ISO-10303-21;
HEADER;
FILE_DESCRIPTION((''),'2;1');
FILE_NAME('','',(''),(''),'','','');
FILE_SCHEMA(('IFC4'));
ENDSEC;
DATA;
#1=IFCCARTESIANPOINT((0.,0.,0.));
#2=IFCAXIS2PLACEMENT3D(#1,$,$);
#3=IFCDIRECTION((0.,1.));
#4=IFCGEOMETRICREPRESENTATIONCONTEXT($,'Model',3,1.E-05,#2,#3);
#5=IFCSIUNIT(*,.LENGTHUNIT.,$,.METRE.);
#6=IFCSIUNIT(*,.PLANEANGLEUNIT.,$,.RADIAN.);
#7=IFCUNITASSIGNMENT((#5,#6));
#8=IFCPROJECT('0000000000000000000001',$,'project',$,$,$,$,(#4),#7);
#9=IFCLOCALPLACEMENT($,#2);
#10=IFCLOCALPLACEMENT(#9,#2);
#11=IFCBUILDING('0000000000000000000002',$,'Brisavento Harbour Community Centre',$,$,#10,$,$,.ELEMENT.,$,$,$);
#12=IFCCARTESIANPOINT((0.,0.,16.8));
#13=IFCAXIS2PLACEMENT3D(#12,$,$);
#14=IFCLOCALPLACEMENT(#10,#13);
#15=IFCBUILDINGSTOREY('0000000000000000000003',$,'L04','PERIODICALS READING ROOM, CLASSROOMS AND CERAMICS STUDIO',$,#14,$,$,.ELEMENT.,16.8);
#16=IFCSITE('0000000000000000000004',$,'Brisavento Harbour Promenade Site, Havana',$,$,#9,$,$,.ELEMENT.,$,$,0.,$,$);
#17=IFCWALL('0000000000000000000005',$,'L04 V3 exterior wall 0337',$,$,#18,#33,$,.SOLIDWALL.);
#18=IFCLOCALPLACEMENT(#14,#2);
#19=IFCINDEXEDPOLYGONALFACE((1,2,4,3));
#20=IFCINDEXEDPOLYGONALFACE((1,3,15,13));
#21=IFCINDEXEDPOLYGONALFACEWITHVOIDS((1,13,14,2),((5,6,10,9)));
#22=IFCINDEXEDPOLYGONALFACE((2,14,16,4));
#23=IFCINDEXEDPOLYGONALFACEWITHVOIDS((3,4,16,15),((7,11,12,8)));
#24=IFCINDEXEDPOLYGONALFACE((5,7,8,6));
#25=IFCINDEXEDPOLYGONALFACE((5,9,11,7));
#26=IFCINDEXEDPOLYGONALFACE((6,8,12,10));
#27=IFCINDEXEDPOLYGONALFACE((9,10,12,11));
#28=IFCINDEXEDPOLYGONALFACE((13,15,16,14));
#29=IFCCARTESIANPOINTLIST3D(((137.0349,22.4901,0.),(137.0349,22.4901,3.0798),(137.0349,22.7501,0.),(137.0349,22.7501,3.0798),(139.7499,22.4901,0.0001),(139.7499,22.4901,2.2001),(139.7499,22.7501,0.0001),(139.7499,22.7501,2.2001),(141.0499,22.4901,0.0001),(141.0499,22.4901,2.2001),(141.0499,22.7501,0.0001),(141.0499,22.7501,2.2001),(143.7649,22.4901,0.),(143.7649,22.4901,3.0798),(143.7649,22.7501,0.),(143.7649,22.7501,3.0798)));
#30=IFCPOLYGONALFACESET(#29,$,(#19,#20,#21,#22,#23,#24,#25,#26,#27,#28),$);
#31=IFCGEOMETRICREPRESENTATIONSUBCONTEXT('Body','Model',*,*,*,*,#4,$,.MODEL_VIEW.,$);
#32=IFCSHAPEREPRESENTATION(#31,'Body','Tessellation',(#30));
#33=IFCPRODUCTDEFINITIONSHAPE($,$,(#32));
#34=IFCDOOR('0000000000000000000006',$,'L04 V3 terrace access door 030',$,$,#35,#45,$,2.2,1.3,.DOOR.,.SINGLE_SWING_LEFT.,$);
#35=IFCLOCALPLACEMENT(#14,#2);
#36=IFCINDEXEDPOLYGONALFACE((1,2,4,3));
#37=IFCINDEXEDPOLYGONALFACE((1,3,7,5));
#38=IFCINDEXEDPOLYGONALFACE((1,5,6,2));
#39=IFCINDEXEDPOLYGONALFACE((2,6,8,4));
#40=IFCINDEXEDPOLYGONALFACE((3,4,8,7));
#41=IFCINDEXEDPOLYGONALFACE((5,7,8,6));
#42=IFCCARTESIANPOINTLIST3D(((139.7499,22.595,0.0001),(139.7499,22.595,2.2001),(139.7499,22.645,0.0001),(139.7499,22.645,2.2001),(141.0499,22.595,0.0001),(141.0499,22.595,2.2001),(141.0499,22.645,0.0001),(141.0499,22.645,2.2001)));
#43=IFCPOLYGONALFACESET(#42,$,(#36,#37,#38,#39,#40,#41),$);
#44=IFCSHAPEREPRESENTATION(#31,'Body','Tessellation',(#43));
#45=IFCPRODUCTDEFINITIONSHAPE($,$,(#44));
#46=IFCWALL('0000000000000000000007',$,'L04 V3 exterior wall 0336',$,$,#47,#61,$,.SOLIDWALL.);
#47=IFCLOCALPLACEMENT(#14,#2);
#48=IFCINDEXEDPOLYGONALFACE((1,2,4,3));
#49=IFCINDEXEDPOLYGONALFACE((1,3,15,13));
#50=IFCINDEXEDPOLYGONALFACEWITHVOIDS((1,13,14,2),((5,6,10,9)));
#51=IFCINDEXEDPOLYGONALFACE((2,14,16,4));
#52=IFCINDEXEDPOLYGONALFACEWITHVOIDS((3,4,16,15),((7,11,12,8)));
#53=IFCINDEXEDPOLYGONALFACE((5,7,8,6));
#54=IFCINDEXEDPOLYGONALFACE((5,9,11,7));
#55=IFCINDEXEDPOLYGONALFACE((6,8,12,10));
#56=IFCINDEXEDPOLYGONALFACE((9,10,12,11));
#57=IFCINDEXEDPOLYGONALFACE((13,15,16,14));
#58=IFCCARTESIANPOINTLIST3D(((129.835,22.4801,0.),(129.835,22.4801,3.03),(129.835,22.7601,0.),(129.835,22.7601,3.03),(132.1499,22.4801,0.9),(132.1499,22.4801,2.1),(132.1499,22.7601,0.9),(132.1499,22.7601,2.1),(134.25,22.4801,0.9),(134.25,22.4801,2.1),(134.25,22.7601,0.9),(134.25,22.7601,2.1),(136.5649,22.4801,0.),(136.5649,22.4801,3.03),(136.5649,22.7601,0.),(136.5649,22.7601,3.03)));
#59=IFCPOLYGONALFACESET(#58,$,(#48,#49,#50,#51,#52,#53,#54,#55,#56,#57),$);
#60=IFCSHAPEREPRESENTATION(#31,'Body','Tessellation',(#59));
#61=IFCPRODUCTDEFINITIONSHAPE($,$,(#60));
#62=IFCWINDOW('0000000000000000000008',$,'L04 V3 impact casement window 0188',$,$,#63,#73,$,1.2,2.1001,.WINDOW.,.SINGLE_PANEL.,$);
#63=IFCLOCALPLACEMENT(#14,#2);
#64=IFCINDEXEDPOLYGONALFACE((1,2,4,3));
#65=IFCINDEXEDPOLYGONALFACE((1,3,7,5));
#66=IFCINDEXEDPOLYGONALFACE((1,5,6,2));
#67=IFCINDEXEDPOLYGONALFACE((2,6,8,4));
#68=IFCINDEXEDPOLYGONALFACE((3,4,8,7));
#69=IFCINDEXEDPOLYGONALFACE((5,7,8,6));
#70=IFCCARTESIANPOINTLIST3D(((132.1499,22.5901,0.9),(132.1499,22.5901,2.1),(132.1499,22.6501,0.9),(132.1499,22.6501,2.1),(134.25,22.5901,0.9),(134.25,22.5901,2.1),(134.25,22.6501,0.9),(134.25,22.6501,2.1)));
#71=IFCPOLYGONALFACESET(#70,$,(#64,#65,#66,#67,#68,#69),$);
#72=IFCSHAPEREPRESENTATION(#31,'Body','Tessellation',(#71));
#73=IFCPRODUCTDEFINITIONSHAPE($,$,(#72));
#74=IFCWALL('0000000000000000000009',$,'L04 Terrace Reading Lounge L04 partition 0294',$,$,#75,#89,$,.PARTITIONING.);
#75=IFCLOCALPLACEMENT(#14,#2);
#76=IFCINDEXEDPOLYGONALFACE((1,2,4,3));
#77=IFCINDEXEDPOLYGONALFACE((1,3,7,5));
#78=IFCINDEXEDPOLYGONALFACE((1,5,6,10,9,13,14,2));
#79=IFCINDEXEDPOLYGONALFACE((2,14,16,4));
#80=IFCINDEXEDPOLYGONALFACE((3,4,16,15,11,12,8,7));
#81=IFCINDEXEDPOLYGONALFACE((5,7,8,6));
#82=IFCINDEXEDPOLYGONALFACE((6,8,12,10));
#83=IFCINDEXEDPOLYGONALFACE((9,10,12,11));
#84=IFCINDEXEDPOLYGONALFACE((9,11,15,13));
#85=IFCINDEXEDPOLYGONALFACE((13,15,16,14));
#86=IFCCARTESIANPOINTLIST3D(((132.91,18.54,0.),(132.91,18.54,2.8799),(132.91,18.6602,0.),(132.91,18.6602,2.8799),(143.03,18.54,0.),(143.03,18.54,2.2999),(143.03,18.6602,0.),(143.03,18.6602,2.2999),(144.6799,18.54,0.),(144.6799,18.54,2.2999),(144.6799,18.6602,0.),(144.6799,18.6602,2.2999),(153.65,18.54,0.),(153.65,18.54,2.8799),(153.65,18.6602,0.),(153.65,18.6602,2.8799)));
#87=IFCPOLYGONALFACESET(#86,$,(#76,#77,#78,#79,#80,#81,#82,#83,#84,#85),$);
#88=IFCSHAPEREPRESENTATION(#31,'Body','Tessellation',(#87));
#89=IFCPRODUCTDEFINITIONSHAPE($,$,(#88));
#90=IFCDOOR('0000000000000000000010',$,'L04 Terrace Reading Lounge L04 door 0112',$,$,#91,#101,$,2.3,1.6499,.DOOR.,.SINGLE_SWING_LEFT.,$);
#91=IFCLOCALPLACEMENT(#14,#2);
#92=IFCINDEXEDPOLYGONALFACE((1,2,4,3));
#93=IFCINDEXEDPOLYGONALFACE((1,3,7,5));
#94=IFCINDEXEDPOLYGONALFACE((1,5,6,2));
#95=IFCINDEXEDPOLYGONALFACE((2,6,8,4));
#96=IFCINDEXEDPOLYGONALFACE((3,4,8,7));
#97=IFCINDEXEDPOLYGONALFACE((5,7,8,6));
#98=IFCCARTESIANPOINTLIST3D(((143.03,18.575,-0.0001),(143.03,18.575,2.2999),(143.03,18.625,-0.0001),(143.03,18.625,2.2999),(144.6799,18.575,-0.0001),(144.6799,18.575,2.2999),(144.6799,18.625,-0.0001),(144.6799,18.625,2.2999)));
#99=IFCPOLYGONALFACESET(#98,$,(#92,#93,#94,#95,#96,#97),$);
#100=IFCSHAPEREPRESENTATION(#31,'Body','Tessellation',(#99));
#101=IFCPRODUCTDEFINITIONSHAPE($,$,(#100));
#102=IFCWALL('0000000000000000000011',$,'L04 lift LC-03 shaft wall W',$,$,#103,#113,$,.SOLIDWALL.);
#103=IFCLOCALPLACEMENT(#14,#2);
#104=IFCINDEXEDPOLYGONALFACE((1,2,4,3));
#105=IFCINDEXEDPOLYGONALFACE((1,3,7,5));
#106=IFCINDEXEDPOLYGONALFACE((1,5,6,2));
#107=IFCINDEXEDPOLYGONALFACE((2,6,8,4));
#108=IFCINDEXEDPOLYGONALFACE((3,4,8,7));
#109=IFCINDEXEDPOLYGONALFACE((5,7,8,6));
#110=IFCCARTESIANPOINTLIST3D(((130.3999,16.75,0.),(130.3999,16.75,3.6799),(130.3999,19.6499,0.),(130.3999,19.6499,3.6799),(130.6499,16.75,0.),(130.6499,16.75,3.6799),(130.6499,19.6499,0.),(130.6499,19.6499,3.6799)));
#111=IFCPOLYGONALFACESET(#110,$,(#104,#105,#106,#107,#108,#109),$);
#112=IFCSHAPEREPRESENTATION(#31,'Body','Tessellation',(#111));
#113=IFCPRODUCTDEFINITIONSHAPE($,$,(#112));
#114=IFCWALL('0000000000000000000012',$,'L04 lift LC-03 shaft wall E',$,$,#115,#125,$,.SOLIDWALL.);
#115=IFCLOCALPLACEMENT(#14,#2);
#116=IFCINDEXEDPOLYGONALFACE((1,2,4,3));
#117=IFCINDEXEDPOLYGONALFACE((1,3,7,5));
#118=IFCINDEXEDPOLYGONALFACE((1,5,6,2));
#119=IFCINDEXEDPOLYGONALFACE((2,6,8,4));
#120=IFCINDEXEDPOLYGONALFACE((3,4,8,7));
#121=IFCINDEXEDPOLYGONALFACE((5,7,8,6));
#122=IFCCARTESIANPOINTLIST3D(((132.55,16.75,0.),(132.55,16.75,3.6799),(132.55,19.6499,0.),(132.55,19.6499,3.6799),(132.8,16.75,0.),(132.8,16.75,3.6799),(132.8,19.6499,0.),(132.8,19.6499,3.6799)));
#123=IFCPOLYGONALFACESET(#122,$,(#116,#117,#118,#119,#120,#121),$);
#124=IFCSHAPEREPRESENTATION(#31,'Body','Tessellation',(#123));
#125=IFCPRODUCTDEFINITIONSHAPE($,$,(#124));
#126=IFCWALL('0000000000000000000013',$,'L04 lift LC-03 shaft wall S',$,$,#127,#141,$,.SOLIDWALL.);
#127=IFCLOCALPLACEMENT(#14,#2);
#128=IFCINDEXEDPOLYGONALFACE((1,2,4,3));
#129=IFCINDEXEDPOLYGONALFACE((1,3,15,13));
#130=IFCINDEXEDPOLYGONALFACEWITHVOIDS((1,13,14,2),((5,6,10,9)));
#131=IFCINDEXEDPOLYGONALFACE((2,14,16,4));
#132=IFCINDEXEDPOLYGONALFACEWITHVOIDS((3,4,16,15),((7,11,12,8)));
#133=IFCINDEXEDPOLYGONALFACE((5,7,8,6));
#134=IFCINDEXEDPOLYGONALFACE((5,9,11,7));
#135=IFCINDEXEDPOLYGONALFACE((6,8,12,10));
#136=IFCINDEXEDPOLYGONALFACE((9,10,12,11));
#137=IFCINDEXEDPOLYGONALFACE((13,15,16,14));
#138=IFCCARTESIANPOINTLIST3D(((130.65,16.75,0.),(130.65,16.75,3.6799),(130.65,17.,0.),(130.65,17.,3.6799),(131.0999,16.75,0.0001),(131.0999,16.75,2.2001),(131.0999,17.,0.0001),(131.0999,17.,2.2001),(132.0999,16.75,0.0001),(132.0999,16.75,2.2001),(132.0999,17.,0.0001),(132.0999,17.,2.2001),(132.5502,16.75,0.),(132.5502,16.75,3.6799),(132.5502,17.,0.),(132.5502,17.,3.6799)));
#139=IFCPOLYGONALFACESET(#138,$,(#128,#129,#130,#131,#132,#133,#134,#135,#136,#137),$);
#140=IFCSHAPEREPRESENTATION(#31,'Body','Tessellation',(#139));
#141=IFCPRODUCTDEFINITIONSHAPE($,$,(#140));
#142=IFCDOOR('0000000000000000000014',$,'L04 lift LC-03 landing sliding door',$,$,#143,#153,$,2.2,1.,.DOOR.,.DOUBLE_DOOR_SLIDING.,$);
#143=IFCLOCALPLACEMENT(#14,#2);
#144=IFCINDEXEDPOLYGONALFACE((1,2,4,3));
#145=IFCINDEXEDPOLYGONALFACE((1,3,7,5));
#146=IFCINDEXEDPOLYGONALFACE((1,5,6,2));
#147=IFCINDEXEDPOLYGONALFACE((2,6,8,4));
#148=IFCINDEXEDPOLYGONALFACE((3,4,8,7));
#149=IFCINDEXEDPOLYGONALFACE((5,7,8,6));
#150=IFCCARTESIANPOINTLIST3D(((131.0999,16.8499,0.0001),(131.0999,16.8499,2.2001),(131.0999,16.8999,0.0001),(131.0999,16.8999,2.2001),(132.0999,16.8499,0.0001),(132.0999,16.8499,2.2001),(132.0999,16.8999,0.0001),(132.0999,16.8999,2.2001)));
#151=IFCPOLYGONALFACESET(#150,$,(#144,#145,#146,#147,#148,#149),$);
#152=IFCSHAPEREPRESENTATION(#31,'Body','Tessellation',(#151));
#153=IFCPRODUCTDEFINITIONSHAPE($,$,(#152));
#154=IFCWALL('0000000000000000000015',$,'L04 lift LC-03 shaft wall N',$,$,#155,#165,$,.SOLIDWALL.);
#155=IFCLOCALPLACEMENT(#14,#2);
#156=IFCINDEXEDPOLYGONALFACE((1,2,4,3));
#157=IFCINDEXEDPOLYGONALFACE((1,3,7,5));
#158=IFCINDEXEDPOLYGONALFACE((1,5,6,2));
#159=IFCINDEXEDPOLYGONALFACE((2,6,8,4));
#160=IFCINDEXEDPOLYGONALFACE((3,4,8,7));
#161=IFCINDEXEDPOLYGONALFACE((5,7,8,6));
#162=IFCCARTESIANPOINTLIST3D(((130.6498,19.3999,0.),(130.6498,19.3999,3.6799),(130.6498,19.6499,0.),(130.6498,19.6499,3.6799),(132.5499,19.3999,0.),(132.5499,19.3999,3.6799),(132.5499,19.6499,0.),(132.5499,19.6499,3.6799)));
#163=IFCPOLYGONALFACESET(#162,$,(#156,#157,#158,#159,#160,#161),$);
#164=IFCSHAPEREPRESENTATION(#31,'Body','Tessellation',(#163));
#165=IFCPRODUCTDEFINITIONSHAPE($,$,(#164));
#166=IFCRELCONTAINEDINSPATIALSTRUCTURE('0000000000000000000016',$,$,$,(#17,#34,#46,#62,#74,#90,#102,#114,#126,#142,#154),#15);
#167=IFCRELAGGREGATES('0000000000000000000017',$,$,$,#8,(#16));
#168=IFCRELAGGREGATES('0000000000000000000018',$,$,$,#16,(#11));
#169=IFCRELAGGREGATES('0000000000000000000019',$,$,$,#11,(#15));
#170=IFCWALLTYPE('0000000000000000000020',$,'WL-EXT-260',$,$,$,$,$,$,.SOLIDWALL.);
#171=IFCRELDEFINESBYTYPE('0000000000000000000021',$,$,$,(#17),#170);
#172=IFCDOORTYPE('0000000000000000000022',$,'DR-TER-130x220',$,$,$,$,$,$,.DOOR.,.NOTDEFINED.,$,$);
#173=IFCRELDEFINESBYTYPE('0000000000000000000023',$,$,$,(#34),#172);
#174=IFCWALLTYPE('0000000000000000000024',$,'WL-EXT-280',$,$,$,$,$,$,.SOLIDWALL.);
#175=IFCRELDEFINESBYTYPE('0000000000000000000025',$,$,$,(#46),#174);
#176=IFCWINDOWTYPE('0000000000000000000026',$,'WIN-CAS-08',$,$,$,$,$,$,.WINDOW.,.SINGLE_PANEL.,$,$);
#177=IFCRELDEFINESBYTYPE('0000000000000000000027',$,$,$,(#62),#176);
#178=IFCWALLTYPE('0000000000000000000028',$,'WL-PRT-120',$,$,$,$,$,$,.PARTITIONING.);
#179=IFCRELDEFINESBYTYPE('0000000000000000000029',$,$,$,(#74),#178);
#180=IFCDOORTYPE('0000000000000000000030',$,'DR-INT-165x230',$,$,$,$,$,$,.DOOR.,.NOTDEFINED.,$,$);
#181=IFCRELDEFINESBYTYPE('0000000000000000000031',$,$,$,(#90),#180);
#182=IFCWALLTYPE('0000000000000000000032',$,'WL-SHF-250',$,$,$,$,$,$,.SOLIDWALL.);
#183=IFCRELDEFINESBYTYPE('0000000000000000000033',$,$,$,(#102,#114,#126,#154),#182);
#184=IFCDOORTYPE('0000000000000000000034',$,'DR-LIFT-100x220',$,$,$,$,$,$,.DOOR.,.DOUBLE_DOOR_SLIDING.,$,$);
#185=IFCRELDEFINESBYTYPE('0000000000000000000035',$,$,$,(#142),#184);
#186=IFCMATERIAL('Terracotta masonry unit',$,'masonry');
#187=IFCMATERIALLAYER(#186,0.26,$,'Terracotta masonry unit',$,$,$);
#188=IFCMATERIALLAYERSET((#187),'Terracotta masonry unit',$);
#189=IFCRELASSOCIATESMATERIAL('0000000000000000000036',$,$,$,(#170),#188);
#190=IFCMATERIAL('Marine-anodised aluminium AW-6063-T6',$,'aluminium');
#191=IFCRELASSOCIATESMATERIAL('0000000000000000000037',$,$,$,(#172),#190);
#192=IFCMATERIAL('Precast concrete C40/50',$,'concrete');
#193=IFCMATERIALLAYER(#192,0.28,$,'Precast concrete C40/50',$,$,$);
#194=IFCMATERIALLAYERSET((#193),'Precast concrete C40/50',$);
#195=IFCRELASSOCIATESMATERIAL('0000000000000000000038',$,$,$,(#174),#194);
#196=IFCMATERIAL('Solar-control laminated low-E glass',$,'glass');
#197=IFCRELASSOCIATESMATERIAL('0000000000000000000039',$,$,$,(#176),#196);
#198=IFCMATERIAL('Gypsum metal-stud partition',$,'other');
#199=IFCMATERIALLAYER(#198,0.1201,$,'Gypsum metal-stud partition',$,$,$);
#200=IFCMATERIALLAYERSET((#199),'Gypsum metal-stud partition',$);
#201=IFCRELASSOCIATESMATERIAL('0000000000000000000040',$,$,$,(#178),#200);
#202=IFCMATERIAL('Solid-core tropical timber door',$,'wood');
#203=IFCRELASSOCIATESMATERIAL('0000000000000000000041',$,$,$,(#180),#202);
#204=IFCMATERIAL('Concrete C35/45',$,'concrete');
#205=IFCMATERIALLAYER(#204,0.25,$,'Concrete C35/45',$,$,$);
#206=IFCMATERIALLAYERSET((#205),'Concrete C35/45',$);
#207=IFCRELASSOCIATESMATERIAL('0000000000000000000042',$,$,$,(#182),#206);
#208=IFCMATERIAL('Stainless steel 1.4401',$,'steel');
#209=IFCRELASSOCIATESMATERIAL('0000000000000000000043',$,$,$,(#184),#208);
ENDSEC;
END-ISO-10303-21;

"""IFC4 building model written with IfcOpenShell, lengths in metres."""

from ifc_helpers import new_model, si_unit, direction, frame, frame_2d, origin, place, context, subcontext, project, spatial, rectangle, extrude, material, layer, layer_set, type_object, element, fill, save


model = new_model("IFC4")

# Units and contexts
model_context = context("Model", 3, precision=1e-05, world=origin(), true_north=direction((0.0, 1.0)))
body_context = subcontext(model_context, "Body", "Model", "MODEL_VIEW")
ifc_project = project(units=[si_unit("LENGTHUNIT", "METRE"), si_unit("PLANEANGLEUNIT", "RADIAN")], contexts=[model_context])

# Site, building, storey
site_placement = place(None, origin())
site = spatial("IfcSite", under=ifc_project, at=site_placement, Name="Brisavento Harbour Promenade Site, Havana", CompositionType="ELEMENT", RefElevation=0.0)
building_placement = place(site_placement, origin())
building = spatial("IfcBuilding", under=site, at=building_placement, Name="Brisavento Harbour Community Centre", CompositionType="ELEMENT")
storey_placement = place(building_placement, frame((0.0, 0.0, 16.8)))
storey = spatial("IfcBuildingStorey", under=building, at=storey_placement, Name="L04", Description="PERIODICALS READING ROOM, CLASSROOMS AND CERAMICS STUDIO", CompositionType="ELEMENT", Elevation=16.8)

# Shared definitions
ifc_material_1 = material(Name="Concrete C35/45", Category="concrete")

# Wall, opening, door
ifc_material_2 = material(Name="Terracotta masonry unit", Category="masonry")
ifc_layer_1 = layer(ifc_material_2, 0.26, Name="Terracotta masonry unit")
ifc_layer_set_1 = layer_set([ifc_layer_1], Name="Terracotta masonry unit")
wall_type_1 = type_object("IfcWallType", Name="WL-EXT-260", PredefinedType="SOLIDWALL", material=ifc_layer_set_1)
wall_1_placement = place(storey_placement, frame((137.0349, 22.6201, 0.0), z_axis=(0.0, 0.0, 1.0), x_axis=(1.0, 0.0, 0.0)))
wall_1 = element("IfcWall", 1, at=wall_1_placement, inside=storey, type_object=wall_type_1, Name="L04 V3 exterior wall 0337", PredefinedType="SOLIDWALL", context=body_context, shape_type="SweptSolid", body=[
    extrude(rectangle(XDim=6.73, YDim=0.26, at=frame_2d((3.365, 0.0))), origin(), (0.0, 0.0, 1.0), 3.0798),
])
opening_1_placement = place(wall_1_placement, frame((2.7151, 0.0, 0.0)))
opening_1 = element("IfcOpeningElement", 2, at=opening_1_placement, cuts=wall_1, PredefinedType="OPENING", context=body_context, shape_type="SweptSolid", body=[
    extrude(rectangle(XDim=1.3, YDim=2.2, at=frame_2d((0.6499, 1.1001))), frame((0.0, 0.1401, 0.0), z_axis=(0.0, -1.0, 0.0), x_axis=(1.0, 0.0, 0.0)), (0.0, 0.0, 1.0), 0.28),
])
ifc_material_3 = material(Name="Marine-anodised aluminium AW-6063-T6", Category="aluminium")
door_type_1 = type_object("IfcDoorType", Name="DR-TER-130x220", OperationType="NOTDEFINED", PredefinedType="DOOR", material=ifc_material_3)
door_1_placement = place(opening_1_placement, origin())
door_1 = element("IfcDoor", 3, at=door_1_placement, inside=storey, type_object=door_type_1, Name="L04 V3 terrace access door 030", OperationType="SINGLE_SWING_LEFT", OverallHeight=2.2, OverallWidth=1.3, PredefinedType="DOOR", context=body_context, shape_type="SweptSolid", body=[
    extrude(rectangle(XDim=1.3, YDim=2.2, at=frame_2d((0.6499, 1.1001))), frame((0.0, 0.0249, 0.0), z_axis=(0.0, -1.0, 0.0), x_axis=(1.0, 0.0, 0.0)), (0.0, 0.0, 1.0), 0.05),
])
fill(opening_1, door_1)

# Wall, opening, window
ifc_material_4 = material(Name="Precast concrete C40/50", Category="concrete")
ifc_layer_2 = layer(ifc_material_4, 0.28, Name="Precast concrete C40/50")
ifc_layer_set_2 = layer_set([ifc_layer_2], Name="Precast concrete C40/50")
wall_type_2 = type_object("IfcWallType", Name="WL-EXT-280", PredefinedType="SOLIDWALL", material=ifc_layer_set_2)
wall_2_placement = place(storey_placement, frame((129.835, 22.6201, 0.0), z_axis=(0.0, 0.0, 1.0), x_axis=(1.0, 0.0, 0.0)))
wall_2 = element("IfcWall", 4, at=wall_2_placement, inside=storey, type_object=wall_type_2, Name="L04 V3 exterior wall 0336", PredefinedType="SOLIDWALL", context=body_context, shape_type="SweptSolid", body=[
    extrude(rectangle(XDim=6.73, YDim=0.28, at=frame_2d((3.365, 0.0))), origin(), (0.0, 0.0, 1.0), 3.03),
])
opening_2_placement = place(wall_2_placement, frame((2.3149, 0.0, 0.8999)))
opening_2 = element("IfcOpeningElement", 5, at=opening_2_placement, cuts=wall_2, PredefinedType="OPENING", context=body_context, shape_type="SweptSolid", body=[
    extrude(rectangle(XDim=2.1001, YDim=1.2, at=frame_2d((1.05, 0.6001))), frame((0.0, 0.1499, 0.0), z_axis=(0.0, -1.0, 0.0), x_axis=(1.0, 0.0, 0.0)), (0.0, 0.0, 1.0), 0.3),
])
ifc_material_5 = material(Name="Solar-control laminated low-E glass", Category="glass")
window_type = type_object("IfcWindowType", Name="WIN-CAS-08", PartitioningType="SINGLE_PANEL", PredefinedType="WINDOW", material=ifc_material_5)
window_placement = place(opening_2_placement, origin())
window = element("IfcWindow", 6, at=window_placement, inside=storey, type_object=window_type, Name="L04 V3 impact casement window 0188", OverallHeight=1.2, OverallWidth=2.1001, PartitioningType="SINGLE_PANEL", PredefinedType="WINDOW", context=body_context, shape_type="SweptSolid", body=[
    extrude(rectangle(XDim=2.1001, YDim=1.2, at=frame_2d((1.05, 0.6001))), frame((0.0, 0.03, 0.0), z_axis=(0.0, -1.0, 0.0), x_axis=(1.0, 0.0, 0.0)), (0.0, 0.0, 1.0), 0.0601),
])
fill(opening_2, window)

# Wall, opening, door
ifc_material_6 = material(Name="Gypsum metal-stud partition", Category="other")
ifc_layer_3 = layer(ifc_material_6, 0.1201, Name="Gypsum metal-stud partition")
ifc_layer_set_3 = layer_set([ifc_layer_3], Name="Gypsum metal-stud partition")
wall_type_3 = type_object("IfcWallType", Name="WL-PRT-120", PredefinedType="PARTITIONING", material=ifc_layer_set_3)
wall_3_placement = place(storey_placement, frame((132.9099, 18.6001, 0.0), z_axis=(0.0, 0.0, 1.0), x_axis=(1.0, 0.0, 0.0)))
wall_3 = element("IfcWall", 7, at=wall_3_placement, inside=storey, type_object=wall_type_3, Name="L04 Terrace Reading Lounge L04 partition 0294", PredefinedType="PARTITIONING", context=body_context, shape_type="SweptSolid", body=[
    extrude(rectangle(XDim=20.74, YDim=0.1201, at=frame_2d((10.3701, 0.0))), origin(), (0.0, 0.0, 1.0), 2.8799),
])
opening_3_placement = place(wall_3_placement, frame((10.1201, 0.0, 0.0)))
opening_3 = element("IfcOpeningElement", 8, at=opening_3_placement, cuts=wall_3, PredefinedType="OPENING", context=body_context, shape_type="SweptSolid", body=[
    extrude(rectangle(XDim=1.6499, YDim=2.3, at=frame_2d((0.825, 1.1499))), frame((0.0, 0.0701, 0.0), z_axis=(0.0, -1.0, 0.0), x_axis=(1.0, 0.0, 0.0)), (0.0, 0.0, 1.0), 0.1401),
])
ifc_material_7 = material(Name="Solid-core tropical timber door", Category="wood")
door_type_2 = type_object("IfcDoorType", Name="DR-INT-165x230", OperationType="NOTDEFINED", PredefinedType="DOOR", material=ifc_material_7)
door_2_placement = place(opening_3_placement, origin())
door_2 = element("IfcDoor", 9, at=door_2_placement, inside=storey, type_object=door_type_2, Name="L04 Terrace Reading Lounge L04 door 0112", OperationType="SINGLE_SWING_LEFT", OverallHeight=2.3, OverallWidth=1.6499, PredefinedType="DOOR", context=body_context, shape_type="SweptSolid", body=[
    extrude(rectangle(XDim=1.6499, YDim=2.3, at=frame_2d((0.825, 1.1499))), frame((0.0, 0.0249, 0.0), z_axis=(0.0, -1.0, 0.0), x_axis=(1.0, 0.0, 0.0)), (0.0, 0.0, 1.0), 0.05),
])
fill(opening_3, door_2)

# Walls
ifc_layer_4 = layer(ifc_material_1, 0.25, Name="Concrete C35/45")
ifc_layer_set_4 = layer_set([ifc_layer_4], Name="Concrete C35/45")
wall_type_4 = type_object("IfcWallType", Name="WL-SHF-250", PredefinedType="SOLIDWALL", material=ifc_layer_set_4)
for number, where, z_axis, x_axis, name in (
    (10, (130.5249, 16.75, 0.0), (0.0, 0.0, 1.0), (0.0, 1.0, 0.0), "L04 lift LC-03 shaft wall W"),
    (11, (132.675, 19.6499, 0.0), (0.0, 0.0, 1.0), (0.0, -1.0, 0.0), "L04 lift LC-03 shaft wall E"),
):
    element("IfcWall", number, at=place(storey_placement, frame(where, z_axis=z_axis, x_axis=x_axis)), inside=storey, type_object=wall_type_4, Name=name, PredefinedType="SOLIDWALL", context=body_context, shape_type="SweptSolid", body=[
        extrude(rectangle(XDim=2.8999, YDim=0.25, at=frame_2d((1.45, 0.0))), origin(), (0.0, 0.0, 1.0), 3.6799),
    ])

# Wall, opening, door
wall_4_placement = place(storey_placement, frame((130.6499, 16.875, 0.0), z_axis=(0.0, 0.0, 1.0), x_axis=(1.0, 0.0, 0.0)))
wall_4 = element("IfcWall", 12, at=wall_4_placement, inside=storey, type_object=wall_type_4, Name="L04 lift LC-03 shaft wall S", PredefinedType="SOLIDWALL", context=body_context, shape_type="SweptSolid", body=[
    extrude(rectangle(XDim=1.9001, YDim=0.25, at=frame_2d((0.9502, 0.0))), origin(), (0.0, 0.0, 1.0), 3.6799),
])
opening_4_placement = place(wall_4_placement, frame((0.45, 0.0, 0.0)))
opening_4 = element("IfcOpeningElement", 13, at=opening_4_placement, cuts=wall_4, PredefinedType="OPENING", context=body_context, shape_type="SweptSolid", body=[
    extrude(rectangle(XDim=1.0, YDim=2.2, at=frame_2d((0.5, 1.1001))), frame((0.0, 0.135, 0.0), z_axis=(0.0, -1.0, 0.0), x_axis=(1.0, 0.0, 0.0)), (0.0, 0.0, 1.0), 0.27),
])
ifc_material_8 = material(Name="Stainless steel 1.4401", Category="steel")
door_type_3 = type_object("IfcDoorType", Name="DR-LIFT-100x220", OperationType="DOUBLE_DOOR_SLIDING", PredefinedType="DOOR", material=ifc_material_8)
door_3_placement = place(opening_4_placement, origin())
door_3 = element("IfcDoor", 14, at=door_3_placement, inside=storey, type_object=door_type_3, Name="L04 lift LC-03 landing sliding door", OperationType="DOUBLE_DOOR_SLIDING", OverallHeight=2.2, OverallWidth=1.0, PredefinedType="DOOR", context=body_context, shape_type="SweptSolid", body=[
    extrude(rectangle(XDim=1.0, YDim=2.2, at=frame_2d((0.5, 1.1001))), frame((0.0, 0.0249, 0.0), z_axis=(0.0, -1.0, 0.0), x_axis=(1.0, 0.0, 0.0)), (0.0, 0.0, 1.0), 0.05),
])
fill(opening_4, door_3)

# Wall
wall_5_placement = place(storey_placement, frame((132.55, 19.5249, 0.0), z_axis=(0.0, 0.0, 1.0), x_axis=(-1.0, 0.0, 0.0)))
element("IfcWall", 15, at=wall_5_placement, inside=storey, type_object=wall_type_4, Name="L04 lift LC-03 shaft wall N", PredefinedType="SOLIDWALL", context=body_context, shape_type="SweptSolid", body=[
    extrude(rectangle(XDim=1.9001, YDim=0.25, at=frame_2d((0.9502, 0.0))), origin(), (0.0, 0.0, 1.0), 3.6799),
])

save(model, "model.ifc")
